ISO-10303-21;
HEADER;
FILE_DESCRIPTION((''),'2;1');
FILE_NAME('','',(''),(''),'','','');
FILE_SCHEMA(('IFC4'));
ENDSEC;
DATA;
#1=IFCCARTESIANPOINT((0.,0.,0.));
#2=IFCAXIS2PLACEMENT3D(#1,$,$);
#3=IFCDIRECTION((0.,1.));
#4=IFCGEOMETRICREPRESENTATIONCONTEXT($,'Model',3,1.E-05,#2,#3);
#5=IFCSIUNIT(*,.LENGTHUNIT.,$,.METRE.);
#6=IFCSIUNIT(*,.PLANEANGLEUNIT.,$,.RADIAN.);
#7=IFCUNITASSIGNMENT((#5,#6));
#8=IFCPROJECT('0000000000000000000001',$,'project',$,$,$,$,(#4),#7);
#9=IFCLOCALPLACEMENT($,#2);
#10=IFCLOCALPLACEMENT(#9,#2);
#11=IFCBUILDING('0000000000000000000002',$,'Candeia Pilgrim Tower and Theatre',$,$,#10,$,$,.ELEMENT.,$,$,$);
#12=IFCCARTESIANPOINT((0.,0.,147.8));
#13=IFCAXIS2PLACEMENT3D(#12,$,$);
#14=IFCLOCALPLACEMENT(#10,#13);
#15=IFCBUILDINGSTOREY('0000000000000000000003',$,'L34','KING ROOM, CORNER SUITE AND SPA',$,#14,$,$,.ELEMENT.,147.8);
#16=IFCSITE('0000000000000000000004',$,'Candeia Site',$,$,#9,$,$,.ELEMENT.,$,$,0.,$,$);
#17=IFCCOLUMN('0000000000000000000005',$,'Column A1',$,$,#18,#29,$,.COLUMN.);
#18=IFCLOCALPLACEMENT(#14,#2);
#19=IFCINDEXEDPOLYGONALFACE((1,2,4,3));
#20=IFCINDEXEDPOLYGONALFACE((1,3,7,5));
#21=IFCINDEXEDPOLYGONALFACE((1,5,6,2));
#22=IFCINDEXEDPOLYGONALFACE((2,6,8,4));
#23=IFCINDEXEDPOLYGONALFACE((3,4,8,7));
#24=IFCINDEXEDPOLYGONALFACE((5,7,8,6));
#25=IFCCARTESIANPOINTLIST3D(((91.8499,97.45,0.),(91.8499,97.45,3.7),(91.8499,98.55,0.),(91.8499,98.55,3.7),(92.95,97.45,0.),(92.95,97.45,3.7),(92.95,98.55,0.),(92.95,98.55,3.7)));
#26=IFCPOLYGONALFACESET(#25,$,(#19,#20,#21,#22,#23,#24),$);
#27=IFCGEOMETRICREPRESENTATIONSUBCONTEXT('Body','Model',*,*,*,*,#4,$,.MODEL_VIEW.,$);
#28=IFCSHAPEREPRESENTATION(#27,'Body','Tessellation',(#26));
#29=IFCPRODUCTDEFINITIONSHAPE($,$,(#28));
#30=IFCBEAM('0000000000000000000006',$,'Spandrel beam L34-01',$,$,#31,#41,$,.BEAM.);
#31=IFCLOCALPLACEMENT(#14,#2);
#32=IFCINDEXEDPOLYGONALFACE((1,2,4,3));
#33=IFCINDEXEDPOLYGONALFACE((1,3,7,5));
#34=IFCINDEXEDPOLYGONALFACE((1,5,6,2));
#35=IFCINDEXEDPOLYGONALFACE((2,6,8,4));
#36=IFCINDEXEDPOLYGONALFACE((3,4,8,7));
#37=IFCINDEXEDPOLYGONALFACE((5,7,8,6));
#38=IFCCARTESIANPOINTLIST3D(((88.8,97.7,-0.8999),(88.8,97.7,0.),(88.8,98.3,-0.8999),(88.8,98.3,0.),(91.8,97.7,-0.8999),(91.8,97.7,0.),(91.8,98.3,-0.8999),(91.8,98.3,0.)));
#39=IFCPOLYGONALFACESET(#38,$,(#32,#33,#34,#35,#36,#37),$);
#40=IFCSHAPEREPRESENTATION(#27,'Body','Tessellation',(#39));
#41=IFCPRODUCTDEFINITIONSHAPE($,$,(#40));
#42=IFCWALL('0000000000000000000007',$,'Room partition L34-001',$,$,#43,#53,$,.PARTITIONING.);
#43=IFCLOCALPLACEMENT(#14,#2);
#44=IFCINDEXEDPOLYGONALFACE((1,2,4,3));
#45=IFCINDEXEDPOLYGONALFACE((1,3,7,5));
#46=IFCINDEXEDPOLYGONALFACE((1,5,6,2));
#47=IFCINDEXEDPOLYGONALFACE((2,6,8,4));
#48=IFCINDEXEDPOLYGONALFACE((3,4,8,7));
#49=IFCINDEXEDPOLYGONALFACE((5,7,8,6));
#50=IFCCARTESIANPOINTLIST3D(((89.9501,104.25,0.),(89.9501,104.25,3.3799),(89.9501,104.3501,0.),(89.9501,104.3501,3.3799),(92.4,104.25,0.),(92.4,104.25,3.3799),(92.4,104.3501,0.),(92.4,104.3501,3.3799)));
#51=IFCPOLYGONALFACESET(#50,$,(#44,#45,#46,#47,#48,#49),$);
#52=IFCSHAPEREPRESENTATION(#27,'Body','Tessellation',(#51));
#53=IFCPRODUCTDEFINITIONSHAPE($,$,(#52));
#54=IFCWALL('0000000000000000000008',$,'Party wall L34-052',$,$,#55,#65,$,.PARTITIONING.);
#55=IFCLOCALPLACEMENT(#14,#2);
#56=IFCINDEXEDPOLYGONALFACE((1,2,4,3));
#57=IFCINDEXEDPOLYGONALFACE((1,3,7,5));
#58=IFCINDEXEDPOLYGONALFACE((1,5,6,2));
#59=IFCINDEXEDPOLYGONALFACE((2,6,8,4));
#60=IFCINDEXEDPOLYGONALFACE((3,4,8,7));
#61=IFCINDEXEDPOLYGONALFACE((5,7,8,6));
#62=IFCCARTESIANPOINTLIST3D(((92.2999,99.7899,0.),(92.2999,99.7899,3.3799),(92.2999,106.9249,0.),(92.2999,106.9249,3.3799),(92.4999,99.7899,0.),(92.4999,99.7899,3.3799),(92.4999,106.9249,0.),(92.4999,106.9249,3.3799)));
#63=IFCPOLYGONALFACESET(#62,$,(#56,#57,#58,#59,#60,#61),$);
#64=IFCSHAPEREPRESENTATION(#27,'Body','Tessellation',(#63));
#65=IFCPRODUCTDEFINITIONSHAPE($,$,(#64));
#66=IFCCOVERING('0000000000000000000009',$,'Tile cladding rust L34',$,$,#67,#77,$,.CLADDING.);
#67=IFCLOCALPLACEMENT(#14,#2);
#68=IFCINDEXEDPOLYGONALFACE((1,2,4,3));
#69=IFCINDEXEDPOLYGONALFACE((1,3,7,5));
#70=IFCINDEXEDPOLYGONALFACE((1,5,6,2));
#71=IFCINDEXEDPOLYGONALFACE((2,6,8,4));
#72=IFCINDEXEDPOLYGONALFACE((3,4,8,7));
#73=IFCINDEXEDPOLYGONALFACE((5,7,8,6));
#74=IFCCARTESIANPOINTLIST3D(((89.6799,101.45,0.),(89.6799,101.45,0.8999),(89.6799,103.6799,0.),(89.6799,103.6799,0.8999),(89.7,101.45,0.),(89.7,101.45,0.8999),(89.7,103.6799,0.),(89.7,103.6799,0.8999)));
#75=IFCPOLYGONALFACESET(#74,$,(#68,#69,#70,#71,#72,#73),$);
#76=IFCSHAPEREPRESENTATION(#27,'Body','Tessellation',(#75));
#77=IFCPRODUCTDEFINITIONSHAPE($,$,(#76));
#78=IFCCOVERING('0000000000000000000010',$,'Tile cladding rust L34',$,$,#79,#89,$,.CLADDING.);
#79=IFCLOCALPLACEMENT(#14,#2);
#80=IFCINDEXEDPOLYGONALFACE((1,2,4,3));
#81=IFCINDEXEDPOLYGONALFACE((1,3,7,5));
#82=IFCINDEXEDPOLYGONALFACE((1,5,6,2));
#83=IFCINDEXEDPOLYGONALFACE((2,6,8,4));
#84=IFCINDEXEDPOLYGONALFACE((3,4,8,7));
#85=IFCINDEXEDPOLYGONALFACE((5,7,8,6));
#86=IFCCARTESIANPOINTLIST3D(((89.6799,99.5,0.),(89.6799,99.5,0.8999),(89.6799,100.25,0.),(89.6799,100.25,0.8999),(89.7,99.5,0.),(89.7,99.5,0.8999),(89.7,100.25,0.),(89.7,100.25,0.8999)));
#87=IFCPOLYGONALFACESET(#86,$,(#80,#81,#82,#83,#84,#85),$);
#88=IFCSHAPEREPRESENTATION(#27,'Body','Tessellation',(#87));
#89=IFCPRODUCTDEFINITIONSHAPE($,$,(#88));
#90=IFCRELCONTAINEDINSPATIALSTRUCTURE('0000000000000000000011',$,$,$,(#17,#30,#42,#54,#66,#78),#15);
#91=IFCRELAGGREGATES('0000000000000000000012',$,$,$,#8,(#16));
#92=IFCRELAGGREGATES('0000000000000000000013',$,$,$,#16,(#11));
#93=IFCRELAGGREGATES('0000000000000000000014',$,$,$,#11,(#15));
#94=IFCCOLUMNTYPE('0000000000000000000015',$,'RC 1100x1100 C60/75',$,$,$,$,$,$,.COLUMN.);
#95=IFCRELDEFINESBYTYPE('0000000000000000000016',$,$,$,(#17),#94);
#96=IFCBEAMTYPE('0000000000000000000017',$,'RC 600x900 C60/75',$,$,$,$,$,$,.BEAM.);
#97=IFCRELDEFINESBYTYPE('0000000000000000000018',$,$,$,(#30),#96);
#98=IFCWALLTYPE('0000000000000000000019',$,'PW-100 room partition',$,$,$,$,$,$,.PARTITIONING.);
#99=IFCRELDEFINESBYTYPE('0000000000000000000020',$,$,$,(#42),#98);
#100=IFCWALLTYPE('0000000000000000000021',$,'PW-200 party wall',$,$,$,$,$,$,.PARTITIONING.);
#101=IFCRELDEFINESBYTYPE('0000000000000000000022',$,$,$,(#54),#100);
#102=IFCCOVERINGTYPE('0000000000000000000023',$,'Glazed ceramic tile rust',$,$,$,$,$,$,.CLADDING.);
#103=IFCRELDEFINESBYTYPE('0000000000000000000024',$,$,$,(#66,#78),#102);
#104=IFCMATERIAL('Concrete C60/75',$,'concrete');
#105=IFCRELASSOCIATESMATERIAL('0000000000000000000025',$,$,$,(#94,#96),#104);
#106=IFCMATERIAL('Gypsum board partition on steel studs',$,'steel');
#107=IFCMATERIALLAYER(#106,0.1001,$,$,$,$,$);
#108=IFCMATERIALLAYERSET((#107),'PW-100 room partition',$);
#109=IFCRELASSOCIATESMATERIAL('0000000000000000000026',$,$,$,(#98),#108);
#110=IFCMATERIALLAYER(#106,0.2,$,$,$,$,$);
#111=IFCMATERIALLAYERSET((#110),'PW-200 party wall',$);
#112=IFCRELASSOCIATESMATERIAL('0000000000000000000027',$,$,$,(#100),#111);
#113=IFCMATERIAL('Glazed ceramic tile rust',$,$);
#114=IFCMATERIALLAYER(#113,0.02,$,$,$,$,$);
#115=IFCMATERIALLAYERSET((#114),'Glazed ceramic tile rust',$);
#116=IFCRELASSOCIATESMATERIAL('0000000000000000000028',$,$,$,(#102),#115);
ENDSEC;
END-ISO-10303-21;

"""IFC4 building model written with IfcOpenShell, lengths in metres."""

from ifc_helpers import new_model, si_unit, direction, frame, frame_2d, origin, origin_2d, place, context, subcontext, project, spatial, rectangle, extrude, material, layer, layer_set, material_profile, profile_set, type_object, element, save


model = new_model("IFC4")

# Units and contexts
model_context = context("Model", 3, precision=1e-05, world=origin(), true_north=direction((0.0, 1.0)))
body_context = subcontext(model_context, "Body", "Model", "MODEL_VIEW")
ifc_project = project(units=[si_unit("LENGTHUNIT", "METRE"), si_unit("PLANEANGLEUNIT", "RADIAN")], contexts=[model_context])

# Site, building, storey
site_placement = place(None, origin())
site = spatial("IfcSite", under=ifc_project, at=site_placement, Name="Candeia Site", CompositionType="ELEMENT", RefElevation=0.0)
building_placement = place(site_placement, origin())
building = spatial("IfcBuilding", under=site, at=building_placement, Name="Candeia Pilgrim Tower and Theatre", CompositionType="ELEMENT")
storey_placement = place(building_placement, frame((0.0, 0.0, 147.8)))
storey = spatial("IfcBuildingStorey", under=building, at=storey_placement, Name="L34", Description="KING ROOM, CORNER SUITE AND SPA", CompositionType="ELEMENT", Elevation=147.8)

# Column
ifc_material_1 = material(Name="Concrete C60/75", Category="concrete")
ifc_material_profile_1 = material_profile(ifc_material_1, rectangle(XDim=1.1001, YDim=1.1001, at=origin_2d()))
ifc_profile_set_1 = profile_set([ifc_material_profile_1], Name="Concrete C60/75")
column_type = type_object("IfcColumnType", Name="RC 1100x1100 C60/75", PredefinedType="COLUMN", material=ifc_profile_set_1)
column_placement = place(storey_placement, frame((92.3999, 98.0, 0.0), z_axis=(0.0, 0.0, 1.0), x_axis=(1.0, 0.0, 0.0)))
element("IfcColumn", 1, at=column_placement, inside=storey, type_object=column_type, Name="Column A1", PredefinedType="COLUMN", context=body_context, shape_type="SweptSolid", body=[
    extrude(rectangle(XDim=1.1001, YDim=1.1001, at=origin_2d()), origin(), (0.0, 0.0, 1.0), 3.7),
])

# Beam
ifc_material_profile_2 = material_profile(ifc_material_1, rectangle(XDim=0.6001, YDim=0.8999, at=origin_2d()))
ifc_profile_set_2 = profile_set([ifc_material_profile_2], Name="Concrete C60/75")
beam_type = type_object("IfcBeamType", Name="RC 600x900 C60/75", PredefinedType="BEAM", material=ifc_profile_set_2)
beam_placement = place(storey_placement, frame((88.8, 98.0, -0.45), z_axis=(1.0, 0.0, 0.0), x_axis=(0.0, 1.0, 0.0)))
element("IfcBeam", 2, at=beam_placement, inside=storey, type_object=beam_type, Name="Spandrel beam L34-01", PredefinedType="BEAM", context=body_context, shape_type="SweptSolid", body=[
    extrude(rectangle(XDim=0.6001, YDim=0.8999, at=origin_2d()), origin(), (0.0, 0.0, 1.0), 3.0),
])

# Walls
ifc_material_2 = material(Name="Gypsum board partition on steel studs", Category="steel")
ifc_layer_1 = layer(ifc_material_2, 0.1001)
ifc_layer_set_1 = layer_set([ifc_layer_1], Name="PW-100 room partition")
wall_type_1 = type_object("IfcWallType", Name="PW-100 room partition", PredefinedType="PARTITIONING", material=ifc_layer_set_1)
wall_1_placement = place(storey_placement, frame((89.95, 104.3, 0.0), z_axis=(0.0, 0.0, 1.0), x_axis=(1.0, 0.0, 0.0)))
element("IfcWall", 3, at=wall_1_placement, inside=storey, type_object=wall_type_1, Name="Room partition L34-001", PredefinedType="PARTITIONING", context=body_context, shape_type="SweptSolid", body=[
    extrude(rectangle(XDim=2.45, YDim=0.1001, at=frame_2d((1.2251, 0.0))), origin(), (0.0, 0.0, 1.0), 3.3799),
])
ifc_layer_2 = layer(ifc_material_2, 0.2)
ifc_layer_set_2 = layer_set([ifc_layer_2], Name="PW-200 party wall")
wall_type_2 = type_object("IfcWallType", Name="PW-200 party wall", PredefinedType="PARTITIONING", material=ifc_layer_set_2)
wall_2_placement = place(storey_placement, frame((92.3999, 99.79, 0.0), z_axis=(0.0, 0.0, 1.0), x_axis=(0.0, 1.0, 0.0)))
element("IfcWall", 4, at=wall_2_placement, inside=storey, type_object=wall_type_2, Name="Party wall L34-052", PredefinedType="PARTITIONING", context=body_context, shape_type="SweptSolid", body=[
    extrude(rectangle(XDim=7.135, YDim=0.2, at=frame_2d((3.5674, 0.0))), origin(), (0.0, 0.0, 1.0), 3.3799),
])

# Coverings
ifc_material_3 = material(Name="Glazed ceramic tile rust")
ifc_layer_3 = layer(ifc_material_3, 0.02)
ifc_layer_set_3 = layer_set([ifc_layer_3], Name="Glazed ceramic tile rust")
covering_type = type_object("IfcCoveringType", Name="Glazed ceramic tile rust", PredefinedType="CLADDING", material=ifc_layer_set_3)
covering_1_placement = place(storey_placement, frame((89.6899, 102.5649, 0.0), z_axis=(0.0, 0.0, 1.0), x_axis=(0.0, -1.0, 0.0)))
element("IfcCovering", 5, at=covering_1_placement, inside=storey, type_object=covering_type, Name="Tile cladding rust L34", PredefinedType="CLADDING", context=body_context, shape_type="SweptSolid", body=[
    extrude(rectangle(XDim=2.23, YDim=0.02, at=origin_2d()), origin(), (0.0, 0.0, 1.0), 0.8999),
])
covering_2_placement = place(storey_placement, frame((89.6899, 99.875, 0.0), z_axis=(0.0, 0.0, 1.0), x_axis=(0.0, -1.0, 0.0)))
element("IfcCovering", 6, at=covering_2_placement, inside=storey, type_object=covering_type, Name="Tile cladding rust L34", PredefinedType="CLADDING", context=body_context, shape_type="SweptSolid", body=[
    extrude(rectangle(XDim=0.75, YDim=0.02, at=origin_2d()), origin(), (0.0, 0.0, 1.0), 0.8999),
])

save(model, "model.ifc")
